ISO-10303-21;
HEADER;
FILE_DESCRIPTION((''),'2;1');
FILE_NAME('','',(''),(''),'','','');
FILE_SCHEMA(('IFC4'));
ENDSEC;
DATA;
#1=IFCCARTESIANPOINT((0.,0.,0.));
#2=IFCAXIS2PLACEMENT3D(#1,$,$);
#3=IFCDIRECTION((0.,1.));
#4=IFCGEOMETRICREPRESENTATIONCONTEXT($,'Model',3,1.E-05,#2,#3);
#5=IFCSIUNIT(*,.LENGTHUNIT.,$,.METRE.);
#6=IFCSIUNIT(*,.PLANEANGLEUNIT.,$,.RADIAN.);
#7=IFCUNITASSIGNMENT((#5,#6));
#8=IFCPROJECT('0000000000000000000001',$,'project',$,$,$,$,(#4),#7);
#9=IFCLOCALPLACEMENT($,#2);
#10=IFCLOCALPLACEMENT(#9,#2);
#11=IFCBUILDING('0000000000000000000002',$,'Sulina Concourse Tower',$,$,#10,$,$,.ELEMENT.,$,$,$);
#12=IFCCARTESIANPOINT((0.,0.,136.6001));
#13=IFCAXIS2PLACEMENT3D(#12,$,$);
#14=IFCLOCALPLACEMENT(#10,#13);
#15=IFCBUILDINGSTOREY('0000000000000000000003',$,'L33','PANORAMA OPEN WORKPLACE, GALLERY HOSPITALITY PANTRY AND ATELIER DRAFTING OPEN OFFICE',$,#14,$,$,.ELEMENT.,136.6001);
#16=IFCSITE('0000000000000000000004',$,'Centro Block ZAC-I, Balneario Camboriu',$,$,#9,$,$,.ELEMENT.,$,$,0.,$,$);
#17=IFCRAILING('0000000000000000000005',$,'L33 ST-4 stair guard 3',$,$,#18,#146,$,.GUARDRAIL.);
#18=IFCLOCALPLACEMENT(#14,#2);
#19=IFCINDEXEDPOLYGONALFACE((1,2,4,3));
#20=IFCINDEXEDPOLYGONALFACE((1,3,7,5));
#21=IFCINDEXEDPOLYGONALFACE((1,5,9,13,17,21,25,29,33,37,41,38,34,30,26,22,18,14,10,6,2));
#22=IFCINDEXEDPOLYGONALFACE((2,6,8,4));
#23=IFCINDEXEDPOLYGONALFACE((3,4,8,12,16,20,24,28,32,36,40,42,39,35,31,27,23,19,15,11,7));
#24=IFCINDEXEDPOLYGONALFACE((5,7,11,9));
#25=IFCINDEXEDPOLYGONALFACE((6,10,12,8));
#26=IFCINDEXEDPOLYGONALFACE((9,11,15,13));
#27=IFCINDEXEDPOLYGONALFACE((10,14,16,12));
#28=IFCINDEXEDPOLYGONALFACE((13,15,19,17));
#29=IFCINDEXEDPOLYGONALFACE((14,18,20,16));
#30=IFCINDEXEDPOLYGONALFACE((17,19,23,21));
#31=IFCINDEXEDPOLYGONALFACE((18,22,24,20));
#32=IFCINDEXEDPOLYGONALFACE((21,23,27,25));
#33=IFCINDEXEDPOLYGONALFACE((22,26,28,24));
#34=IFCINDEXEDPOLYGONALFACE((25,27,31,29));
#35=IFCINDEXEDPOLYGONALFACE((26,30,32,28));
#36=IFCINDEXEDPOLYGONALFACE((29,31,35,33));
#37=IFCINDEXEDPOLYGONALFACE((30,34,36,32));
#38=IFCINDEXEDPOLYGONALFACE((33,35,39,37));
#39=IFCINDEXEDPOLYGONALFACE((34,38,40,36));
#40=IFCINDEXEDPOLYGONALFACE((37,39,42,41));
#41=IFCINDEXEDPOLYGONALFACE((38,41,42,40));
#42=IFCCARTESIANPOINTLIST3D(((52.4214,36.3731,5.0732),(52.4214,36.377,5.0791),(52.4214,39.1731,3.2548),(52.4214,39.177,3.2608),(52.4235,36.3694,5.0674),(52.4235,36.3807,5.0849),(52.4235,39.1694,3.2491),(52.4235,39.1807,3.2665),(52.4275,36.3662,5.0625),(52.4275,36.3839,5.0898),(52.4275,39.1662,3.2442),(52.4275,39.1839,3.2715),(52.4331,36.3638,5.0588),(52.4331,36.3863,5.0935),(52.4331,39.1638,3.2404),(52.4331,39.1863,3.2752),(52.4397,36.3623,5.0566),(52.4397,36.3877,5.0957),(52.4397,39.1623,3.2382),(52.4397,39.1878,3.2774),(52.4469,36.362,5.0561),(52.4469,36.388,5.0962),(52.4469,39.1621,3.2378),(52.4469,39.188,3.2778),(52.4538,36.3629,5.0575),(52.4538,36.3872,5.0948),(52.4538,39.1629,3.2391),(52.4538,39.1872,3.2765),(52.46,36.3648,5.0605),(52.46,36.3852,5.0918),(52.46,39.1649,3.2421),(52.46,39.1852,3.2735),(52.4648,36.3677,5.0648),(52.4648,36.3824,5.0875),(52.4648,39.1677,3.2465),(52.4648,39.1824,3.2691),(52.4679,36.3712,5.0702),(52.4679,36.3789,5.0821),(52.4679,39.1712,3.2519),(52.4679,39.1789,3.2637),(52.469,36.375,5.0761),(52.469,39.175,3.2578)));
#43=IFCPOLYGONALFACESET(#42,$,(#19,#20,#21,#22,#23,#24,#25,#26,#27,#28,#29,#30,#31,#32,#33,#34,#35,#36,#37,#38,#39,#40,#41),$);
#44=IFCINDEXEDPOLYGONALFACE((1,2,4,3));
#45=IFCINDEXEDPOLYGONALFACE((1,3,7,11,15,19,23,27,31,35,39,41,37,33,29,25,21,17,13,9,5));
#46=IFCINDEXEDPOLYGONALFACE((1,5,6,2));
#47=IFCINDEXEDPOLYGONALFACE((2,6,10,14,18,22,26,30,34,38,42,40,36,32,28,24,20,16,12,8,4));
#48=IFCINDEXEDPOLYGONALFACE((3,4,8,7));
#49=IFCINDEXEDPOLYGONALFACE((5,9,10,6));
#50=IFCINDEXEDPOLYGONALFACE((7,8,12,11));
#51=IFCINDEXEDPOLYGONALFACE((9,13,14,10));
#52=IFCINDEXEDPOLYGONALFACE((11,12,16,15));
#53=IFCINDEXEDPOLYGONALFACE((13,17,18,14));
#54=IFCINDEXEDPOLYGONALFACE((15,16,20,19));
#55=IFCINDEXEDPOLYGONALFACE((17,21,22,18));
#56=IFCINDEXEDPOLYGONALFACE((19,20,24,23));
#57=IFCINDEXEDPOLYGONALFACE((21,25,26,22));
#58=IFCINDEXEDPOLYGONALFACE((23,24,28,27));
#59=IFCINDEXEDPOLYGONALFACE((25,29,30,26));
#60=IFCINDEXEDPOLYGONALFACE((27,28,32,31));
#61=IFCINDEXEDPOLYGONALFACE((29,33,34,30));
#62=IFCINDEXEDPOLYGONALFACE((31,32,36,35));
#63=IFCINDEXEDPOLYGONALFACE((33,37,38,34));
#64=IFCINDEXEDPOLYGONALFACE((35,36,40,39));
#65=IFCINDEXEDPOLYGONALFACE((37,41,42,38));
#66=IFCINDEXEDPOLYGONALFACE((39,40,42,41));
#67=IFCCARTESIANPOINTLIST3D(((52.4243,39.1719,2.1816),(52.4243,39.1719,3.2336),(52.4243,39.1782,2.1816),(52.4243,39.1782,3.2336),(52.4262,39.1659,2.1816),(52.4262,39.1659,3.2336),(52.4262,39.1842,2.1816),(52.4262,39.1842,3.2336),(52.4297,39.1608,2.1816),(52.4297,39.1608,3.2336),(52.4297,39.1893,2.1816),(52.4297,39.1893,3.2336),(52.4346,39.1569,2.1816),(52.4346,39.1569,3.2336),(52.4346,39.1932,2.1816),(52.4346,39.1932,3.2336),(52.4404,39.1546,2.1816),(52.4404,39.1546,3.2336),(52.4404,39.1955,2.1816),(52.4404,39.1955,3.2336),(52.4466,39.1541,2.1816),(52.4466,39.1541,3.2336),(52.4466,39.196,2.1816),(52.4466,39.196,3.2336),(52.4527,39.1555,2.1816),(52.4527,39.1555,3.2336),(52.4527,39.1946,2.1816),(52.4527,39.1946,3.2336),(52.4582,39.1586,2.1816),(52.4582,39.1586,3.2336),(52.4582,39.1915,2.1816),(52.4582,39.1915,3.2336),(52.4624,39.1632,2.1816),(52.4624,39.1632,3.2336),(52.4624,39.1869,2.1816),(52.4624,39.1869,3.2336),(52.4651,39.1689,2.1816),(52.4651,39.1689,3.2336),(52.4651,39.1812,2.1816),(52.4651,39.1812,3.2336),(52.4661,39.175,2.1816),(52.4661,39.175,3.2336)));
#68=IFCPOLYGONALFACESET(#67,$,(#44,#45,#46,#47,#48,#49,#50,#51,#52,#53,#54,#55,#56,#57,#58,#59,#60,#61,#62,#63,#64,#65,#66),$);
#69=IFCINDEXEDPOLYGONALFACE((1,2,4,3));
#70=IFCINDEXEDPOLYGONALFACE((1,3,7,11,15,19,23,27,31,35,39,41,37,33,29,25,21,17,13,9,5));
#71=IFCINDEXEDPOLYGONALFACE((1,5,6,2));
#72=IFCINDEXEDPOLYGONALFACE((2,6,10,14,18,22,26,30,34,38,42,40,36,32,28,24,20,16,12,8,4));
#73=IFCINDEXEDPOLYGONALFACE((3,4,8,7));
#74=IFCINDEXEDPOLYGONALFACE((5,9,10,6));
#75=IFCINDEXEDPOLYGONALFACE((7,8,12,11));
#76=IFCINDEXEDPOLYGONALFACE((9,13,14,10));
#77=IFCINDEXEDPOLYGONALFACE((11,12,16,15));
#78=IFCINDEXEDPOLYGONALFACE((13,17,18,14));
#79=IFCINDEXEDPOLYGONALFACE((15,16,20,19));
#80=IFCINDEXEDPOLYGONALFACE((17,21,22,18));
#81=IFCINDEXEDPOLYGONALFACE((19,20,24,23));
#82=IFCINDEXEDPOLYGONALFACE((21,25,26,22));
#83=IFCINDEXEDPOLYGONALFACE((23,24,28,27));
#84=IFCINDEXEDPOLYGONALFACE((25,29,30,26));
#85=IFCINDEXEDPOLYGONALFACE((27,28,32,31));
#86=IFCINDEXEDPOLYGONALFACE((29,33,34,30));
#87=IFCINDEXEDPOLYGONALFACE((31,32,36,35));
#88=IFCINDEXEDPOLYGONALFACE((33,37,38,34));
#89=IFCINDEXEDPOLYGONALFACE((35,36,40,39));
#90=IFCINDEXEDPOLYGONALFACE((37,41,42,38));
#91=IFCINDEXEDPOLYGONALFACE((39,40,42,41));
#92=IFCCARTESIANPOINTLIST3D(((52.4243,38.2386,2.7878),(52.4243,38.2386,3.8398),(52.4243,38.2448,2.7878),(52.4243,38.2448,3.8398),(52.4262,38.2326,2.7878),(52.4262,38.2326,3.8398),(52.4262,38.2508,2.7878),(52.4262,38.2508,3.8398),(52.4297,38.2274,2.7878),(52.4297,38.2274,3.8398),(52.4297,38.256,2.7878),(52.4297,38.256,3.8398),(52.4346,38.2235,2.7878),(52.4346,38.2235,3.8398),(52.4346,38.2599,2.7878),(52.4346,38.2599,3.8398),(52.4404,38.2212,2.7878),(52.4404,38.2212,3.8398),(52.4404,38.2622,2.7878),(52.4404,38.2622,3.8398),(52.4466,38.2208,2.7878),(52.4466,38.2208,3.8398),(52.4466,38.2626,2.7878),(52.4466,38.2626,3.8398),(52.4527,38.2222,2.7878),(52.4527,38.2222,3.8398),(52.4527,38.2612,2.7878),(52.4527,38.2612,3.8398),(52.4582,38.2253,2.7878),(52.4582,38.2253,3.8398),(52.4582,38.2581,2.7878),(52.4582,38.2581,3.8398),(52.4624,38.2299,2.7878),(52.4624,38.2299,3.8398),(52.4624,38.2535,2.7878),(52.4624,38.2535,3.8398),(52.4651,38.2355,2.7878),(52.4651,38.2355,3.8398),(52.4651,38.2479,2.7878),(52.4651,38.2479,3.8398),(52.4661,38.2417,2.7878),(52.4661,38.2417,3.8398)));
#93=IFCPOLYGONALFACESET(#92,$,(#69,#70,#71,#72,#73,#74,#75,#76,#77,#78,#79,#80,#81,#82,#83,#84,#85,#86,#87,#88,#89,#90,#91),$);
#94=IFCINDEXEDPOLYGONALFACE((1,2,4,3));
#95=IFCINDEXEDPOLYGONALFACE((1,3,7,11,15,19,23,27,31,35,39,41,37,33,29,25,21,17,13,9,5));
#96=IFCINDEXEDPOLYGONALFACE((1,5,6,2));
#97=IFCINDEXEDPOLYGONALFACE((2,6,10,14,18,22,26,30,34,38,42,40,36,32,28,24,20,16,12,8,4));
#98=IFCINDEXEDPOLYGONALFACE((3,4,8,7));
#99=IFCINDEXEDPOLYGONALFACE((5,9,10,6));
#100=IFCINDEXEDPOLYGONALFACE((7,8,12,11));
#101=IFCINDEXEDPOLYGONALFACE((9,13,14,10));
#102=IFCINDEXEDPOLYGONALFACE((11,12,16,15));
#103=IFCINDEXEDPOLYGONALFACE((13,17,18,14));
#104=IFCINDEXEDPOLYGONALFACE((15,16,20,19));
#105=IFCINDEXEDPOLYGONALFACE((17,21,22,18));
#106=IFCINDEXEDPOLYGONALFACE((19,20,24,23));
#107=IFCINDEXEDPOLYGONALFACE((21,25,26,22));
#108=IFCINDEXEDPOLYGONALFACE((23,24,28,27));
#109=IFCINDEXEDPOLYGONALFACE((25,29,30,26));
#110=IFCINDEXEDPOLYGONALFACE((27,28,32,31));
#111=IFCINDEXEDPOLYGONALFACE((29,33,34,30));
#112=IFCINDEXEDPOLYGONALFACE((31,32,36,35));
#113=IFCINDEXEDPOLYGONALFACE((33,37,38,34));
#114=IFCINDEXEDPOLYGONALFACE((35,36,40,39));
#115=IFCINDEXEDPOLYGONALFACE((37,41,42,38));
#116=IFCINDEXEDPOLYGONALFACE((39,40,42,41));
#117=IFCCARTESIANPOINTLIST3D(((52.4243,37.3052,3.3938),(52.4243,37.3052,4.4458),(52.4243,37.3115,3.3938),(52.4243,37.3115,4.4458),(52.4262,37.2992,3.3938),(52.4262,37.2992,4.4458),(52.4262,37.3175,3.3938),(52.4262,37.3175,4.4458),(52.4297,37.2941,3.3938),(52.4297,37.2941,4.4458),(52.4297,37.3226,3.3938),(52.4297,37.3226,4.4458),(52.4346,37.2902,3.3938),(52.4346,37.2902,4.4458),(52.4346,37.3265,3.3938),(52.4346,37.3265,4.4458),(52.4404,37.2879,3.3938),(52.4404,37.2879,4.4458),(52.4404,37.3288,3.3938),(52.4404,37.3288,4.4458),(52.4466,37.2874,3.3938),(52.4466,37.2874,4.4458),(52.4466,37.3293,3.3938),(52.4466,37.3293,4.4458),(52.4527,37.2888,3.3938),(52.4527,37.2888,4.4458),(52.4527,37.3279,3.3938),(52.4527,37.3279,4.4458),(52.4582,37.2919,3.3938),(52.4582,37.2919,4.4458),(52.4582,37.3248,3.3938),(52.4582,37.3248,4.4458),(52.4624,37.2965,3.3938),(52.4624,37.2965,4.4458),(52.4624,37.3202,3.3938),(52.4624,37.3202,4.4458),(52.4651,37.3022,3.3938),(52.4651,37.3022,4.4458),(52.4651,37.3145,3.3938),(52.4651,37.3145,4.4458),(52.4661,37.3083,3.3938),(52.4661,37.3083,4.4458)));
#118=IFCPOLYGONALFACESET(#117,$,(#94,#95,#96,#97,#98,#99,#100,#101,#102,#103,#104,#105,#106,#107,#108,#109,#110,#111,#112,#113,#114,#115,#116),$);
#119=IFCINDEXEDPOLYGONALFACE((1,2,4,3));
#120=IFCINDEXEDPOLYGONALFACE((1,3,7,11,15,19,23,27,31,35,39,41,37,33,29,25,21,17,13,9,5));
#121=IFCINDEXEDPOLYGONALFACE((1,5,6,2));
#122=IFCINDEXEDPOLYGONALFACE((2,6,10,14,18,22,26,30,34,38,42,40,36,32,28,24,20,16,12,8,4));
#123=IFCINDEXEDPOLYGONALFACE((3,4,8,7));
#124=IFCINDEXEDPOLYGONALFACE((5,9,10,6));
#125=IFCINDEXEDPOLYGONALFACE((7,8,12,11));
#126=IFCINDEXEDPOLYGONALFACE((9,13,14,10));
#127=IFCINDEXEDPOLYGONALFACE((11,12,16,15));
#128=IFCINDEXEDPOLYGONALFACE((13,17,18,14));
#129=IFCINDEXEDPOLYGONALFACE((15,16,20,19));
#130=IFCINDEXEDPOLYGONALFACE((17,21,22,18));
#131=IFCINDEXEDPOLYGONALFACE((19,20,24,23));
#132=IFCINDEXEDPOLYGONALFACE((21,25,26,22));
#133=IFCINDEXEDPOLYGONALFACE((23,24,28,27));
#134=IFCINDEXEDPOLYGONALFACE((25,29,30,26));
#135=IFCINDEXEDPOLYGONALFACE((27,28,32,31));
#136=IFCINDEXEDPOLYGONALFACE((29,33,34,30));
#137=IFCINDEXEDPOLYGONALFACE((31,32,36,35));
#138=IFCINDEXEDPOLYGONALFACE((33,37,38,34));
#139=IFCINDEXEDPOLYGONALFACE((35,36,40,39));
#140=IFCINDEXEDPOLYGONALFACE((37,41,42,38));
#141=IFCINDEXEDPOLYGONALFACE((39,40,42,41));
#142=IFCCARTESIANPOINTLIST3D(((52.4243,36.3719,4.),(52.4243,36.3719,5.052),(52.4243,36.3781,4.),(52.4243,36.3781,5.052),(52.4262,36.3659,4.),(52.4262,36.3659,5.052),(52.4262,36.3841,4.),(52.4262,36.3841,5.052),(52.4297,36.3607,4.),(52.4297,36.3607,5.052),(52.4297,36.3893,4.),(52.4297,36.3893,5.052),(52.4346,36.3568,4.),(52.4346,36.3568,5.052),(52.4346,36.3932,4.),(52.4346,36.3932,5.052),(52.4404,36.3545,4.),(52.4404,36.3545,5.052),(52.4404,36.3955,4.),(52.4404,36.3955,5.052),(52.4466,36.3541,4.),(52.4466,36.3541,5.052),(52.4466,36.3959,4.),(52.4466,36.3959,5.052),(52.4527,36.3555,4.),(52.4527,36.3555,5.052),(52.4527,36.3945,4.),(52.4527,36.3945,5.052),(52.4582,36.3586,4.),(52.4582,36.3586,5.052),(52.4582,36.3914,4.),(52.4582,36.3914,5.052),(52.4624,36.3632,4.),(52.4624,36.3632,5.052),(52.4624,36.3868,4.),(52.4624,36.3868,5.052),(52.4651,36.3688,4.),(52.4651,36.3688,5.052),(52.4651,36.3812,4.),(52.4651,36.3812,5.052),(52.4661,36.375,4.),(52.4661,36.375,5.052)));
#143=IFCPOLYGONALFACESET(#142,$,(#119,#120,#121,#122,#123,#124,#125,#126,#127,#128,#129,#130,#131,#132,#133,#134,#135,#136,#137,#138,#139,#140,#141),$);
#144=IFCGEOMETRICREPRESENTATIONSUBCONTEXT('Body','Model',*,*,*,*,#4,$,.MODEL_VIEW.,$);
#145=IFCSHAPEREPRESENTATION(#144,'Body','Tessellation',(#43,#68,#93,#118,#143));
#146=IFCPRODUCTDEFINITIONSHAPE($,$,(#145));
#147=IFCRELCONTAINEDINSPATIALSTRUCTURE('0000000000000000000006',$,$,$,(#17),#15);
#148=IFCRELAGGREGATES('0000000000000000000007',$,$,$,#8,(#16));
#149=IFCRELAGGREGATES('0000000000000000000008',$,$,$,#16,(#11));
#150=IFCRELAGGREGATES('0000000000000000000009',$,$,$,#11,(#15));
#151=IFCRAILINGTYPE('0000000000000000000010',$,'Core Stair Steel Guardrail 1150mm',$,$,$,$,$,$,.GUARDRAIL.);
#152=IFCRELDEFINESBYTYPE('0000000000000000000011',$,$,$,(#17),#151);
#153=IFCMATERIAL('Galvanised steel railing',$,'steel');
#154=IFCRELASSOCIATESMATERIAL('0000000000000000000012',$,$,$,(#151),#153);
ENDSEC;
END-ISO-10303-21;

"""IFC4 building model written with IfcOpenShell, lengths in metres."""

from ifc_helpers import new_model, si_unit, direction, frame, origin, origin_2d, place, context, subcontext, project, spatial, circle, extrude, material, type_object, element, save


model = new_model("IFC4")

# Units and contexts
model_context = context("Model", 3, precision=1e-05, world=origin(), true_north=direction((0.0, 1.0)))
body_context = subcontext(model_context, "Body", "Model", "MODEL_VIEW")
ifc_project = project(units=[si_unit("LENGTHUNIT", "METRE"), si_unit("PLANEANGLEUNIT", "RADIAN")], contexts=[model_context])

# Site, building, storey
site_placement = place(None, origin())
site = spatial("IfcSite", under=ifc_project, at=site_placement, Name="Centro Block ZAC-I, Balneario Camboriu", CompositionType="ELEMENT", RefElevation=0.0)
building_placement = place(site_placement, origin())
building = spatial("IfcBuilding", under=site, at=building_placement, Name="Sulina Concourse Tower", CompositionType="ELEMENT")
storey_placement = place(building_placement, frame((0.0, 0.0, 136.6001)))
storey = spatial("IfcBuildingStorey", under=building, at=storey_placement, Name="L33", Description="PANORAMA OPEN WORKPLACE, GALLERY HOSPITALITY PANTRY AND ATELIER DRAFTING OPEN OFFICE", CompositionType="ELEMENT", Elevation=136.6001)

# Railing
ifc_material_1 = material(Name="Galvanised steel railing", Category="steel")
railing_type_1 = type_object("IfcRailingType", Name="Core Stair Steel Guardrail 1150mm", PredefinedType="GUARDRAIL", material=ifc_material_1)
railing_1_placement = place(storey_placement, frame((52.4451, 39.175, 2.1816)))
element("IfcRailing", 1, at=railing_1_placement, inside=storey, type_object=railing_type_1, Name="L33 ST-4 stair guard 3", PredefinedType="GUARDRAIL", context=body_context, shape_type="SweptSolid", body=[
    extrude(circle(Radius=0.0239, at=origin_2d()), frame((0.0, 0.0, 1.0762), z_axis=(0.0, -0.838672, 0.544636), x_axis=(1.0, 0.0, 0.0)), (0.0, 0.0, 1.0), 3.3386),
    extrude(circle(Radius=0.021, at=origin_2d()), origin(), (0.0, 0.0, 1.0), 1.052),
    extrude(circle(Radius=0.021, at=origin_2d()), frame((0.0, -0.9333, 0.6062)), (0.0, 0.0, 1.0), 1.052),
    extrude(circle(Radius=0.021, at=origin_2d()), frame((0.0, -1.8667, 1.2122)), (0.0, 0.0, 1.0), 1.052),
    extrude(circle(Radius=0.021, at=origin_2d()), frame((0.0, -2.8, 1.8184)), (0.0, 0.0, 1.0), 1.052),
])

save(model, "model.ifc")
